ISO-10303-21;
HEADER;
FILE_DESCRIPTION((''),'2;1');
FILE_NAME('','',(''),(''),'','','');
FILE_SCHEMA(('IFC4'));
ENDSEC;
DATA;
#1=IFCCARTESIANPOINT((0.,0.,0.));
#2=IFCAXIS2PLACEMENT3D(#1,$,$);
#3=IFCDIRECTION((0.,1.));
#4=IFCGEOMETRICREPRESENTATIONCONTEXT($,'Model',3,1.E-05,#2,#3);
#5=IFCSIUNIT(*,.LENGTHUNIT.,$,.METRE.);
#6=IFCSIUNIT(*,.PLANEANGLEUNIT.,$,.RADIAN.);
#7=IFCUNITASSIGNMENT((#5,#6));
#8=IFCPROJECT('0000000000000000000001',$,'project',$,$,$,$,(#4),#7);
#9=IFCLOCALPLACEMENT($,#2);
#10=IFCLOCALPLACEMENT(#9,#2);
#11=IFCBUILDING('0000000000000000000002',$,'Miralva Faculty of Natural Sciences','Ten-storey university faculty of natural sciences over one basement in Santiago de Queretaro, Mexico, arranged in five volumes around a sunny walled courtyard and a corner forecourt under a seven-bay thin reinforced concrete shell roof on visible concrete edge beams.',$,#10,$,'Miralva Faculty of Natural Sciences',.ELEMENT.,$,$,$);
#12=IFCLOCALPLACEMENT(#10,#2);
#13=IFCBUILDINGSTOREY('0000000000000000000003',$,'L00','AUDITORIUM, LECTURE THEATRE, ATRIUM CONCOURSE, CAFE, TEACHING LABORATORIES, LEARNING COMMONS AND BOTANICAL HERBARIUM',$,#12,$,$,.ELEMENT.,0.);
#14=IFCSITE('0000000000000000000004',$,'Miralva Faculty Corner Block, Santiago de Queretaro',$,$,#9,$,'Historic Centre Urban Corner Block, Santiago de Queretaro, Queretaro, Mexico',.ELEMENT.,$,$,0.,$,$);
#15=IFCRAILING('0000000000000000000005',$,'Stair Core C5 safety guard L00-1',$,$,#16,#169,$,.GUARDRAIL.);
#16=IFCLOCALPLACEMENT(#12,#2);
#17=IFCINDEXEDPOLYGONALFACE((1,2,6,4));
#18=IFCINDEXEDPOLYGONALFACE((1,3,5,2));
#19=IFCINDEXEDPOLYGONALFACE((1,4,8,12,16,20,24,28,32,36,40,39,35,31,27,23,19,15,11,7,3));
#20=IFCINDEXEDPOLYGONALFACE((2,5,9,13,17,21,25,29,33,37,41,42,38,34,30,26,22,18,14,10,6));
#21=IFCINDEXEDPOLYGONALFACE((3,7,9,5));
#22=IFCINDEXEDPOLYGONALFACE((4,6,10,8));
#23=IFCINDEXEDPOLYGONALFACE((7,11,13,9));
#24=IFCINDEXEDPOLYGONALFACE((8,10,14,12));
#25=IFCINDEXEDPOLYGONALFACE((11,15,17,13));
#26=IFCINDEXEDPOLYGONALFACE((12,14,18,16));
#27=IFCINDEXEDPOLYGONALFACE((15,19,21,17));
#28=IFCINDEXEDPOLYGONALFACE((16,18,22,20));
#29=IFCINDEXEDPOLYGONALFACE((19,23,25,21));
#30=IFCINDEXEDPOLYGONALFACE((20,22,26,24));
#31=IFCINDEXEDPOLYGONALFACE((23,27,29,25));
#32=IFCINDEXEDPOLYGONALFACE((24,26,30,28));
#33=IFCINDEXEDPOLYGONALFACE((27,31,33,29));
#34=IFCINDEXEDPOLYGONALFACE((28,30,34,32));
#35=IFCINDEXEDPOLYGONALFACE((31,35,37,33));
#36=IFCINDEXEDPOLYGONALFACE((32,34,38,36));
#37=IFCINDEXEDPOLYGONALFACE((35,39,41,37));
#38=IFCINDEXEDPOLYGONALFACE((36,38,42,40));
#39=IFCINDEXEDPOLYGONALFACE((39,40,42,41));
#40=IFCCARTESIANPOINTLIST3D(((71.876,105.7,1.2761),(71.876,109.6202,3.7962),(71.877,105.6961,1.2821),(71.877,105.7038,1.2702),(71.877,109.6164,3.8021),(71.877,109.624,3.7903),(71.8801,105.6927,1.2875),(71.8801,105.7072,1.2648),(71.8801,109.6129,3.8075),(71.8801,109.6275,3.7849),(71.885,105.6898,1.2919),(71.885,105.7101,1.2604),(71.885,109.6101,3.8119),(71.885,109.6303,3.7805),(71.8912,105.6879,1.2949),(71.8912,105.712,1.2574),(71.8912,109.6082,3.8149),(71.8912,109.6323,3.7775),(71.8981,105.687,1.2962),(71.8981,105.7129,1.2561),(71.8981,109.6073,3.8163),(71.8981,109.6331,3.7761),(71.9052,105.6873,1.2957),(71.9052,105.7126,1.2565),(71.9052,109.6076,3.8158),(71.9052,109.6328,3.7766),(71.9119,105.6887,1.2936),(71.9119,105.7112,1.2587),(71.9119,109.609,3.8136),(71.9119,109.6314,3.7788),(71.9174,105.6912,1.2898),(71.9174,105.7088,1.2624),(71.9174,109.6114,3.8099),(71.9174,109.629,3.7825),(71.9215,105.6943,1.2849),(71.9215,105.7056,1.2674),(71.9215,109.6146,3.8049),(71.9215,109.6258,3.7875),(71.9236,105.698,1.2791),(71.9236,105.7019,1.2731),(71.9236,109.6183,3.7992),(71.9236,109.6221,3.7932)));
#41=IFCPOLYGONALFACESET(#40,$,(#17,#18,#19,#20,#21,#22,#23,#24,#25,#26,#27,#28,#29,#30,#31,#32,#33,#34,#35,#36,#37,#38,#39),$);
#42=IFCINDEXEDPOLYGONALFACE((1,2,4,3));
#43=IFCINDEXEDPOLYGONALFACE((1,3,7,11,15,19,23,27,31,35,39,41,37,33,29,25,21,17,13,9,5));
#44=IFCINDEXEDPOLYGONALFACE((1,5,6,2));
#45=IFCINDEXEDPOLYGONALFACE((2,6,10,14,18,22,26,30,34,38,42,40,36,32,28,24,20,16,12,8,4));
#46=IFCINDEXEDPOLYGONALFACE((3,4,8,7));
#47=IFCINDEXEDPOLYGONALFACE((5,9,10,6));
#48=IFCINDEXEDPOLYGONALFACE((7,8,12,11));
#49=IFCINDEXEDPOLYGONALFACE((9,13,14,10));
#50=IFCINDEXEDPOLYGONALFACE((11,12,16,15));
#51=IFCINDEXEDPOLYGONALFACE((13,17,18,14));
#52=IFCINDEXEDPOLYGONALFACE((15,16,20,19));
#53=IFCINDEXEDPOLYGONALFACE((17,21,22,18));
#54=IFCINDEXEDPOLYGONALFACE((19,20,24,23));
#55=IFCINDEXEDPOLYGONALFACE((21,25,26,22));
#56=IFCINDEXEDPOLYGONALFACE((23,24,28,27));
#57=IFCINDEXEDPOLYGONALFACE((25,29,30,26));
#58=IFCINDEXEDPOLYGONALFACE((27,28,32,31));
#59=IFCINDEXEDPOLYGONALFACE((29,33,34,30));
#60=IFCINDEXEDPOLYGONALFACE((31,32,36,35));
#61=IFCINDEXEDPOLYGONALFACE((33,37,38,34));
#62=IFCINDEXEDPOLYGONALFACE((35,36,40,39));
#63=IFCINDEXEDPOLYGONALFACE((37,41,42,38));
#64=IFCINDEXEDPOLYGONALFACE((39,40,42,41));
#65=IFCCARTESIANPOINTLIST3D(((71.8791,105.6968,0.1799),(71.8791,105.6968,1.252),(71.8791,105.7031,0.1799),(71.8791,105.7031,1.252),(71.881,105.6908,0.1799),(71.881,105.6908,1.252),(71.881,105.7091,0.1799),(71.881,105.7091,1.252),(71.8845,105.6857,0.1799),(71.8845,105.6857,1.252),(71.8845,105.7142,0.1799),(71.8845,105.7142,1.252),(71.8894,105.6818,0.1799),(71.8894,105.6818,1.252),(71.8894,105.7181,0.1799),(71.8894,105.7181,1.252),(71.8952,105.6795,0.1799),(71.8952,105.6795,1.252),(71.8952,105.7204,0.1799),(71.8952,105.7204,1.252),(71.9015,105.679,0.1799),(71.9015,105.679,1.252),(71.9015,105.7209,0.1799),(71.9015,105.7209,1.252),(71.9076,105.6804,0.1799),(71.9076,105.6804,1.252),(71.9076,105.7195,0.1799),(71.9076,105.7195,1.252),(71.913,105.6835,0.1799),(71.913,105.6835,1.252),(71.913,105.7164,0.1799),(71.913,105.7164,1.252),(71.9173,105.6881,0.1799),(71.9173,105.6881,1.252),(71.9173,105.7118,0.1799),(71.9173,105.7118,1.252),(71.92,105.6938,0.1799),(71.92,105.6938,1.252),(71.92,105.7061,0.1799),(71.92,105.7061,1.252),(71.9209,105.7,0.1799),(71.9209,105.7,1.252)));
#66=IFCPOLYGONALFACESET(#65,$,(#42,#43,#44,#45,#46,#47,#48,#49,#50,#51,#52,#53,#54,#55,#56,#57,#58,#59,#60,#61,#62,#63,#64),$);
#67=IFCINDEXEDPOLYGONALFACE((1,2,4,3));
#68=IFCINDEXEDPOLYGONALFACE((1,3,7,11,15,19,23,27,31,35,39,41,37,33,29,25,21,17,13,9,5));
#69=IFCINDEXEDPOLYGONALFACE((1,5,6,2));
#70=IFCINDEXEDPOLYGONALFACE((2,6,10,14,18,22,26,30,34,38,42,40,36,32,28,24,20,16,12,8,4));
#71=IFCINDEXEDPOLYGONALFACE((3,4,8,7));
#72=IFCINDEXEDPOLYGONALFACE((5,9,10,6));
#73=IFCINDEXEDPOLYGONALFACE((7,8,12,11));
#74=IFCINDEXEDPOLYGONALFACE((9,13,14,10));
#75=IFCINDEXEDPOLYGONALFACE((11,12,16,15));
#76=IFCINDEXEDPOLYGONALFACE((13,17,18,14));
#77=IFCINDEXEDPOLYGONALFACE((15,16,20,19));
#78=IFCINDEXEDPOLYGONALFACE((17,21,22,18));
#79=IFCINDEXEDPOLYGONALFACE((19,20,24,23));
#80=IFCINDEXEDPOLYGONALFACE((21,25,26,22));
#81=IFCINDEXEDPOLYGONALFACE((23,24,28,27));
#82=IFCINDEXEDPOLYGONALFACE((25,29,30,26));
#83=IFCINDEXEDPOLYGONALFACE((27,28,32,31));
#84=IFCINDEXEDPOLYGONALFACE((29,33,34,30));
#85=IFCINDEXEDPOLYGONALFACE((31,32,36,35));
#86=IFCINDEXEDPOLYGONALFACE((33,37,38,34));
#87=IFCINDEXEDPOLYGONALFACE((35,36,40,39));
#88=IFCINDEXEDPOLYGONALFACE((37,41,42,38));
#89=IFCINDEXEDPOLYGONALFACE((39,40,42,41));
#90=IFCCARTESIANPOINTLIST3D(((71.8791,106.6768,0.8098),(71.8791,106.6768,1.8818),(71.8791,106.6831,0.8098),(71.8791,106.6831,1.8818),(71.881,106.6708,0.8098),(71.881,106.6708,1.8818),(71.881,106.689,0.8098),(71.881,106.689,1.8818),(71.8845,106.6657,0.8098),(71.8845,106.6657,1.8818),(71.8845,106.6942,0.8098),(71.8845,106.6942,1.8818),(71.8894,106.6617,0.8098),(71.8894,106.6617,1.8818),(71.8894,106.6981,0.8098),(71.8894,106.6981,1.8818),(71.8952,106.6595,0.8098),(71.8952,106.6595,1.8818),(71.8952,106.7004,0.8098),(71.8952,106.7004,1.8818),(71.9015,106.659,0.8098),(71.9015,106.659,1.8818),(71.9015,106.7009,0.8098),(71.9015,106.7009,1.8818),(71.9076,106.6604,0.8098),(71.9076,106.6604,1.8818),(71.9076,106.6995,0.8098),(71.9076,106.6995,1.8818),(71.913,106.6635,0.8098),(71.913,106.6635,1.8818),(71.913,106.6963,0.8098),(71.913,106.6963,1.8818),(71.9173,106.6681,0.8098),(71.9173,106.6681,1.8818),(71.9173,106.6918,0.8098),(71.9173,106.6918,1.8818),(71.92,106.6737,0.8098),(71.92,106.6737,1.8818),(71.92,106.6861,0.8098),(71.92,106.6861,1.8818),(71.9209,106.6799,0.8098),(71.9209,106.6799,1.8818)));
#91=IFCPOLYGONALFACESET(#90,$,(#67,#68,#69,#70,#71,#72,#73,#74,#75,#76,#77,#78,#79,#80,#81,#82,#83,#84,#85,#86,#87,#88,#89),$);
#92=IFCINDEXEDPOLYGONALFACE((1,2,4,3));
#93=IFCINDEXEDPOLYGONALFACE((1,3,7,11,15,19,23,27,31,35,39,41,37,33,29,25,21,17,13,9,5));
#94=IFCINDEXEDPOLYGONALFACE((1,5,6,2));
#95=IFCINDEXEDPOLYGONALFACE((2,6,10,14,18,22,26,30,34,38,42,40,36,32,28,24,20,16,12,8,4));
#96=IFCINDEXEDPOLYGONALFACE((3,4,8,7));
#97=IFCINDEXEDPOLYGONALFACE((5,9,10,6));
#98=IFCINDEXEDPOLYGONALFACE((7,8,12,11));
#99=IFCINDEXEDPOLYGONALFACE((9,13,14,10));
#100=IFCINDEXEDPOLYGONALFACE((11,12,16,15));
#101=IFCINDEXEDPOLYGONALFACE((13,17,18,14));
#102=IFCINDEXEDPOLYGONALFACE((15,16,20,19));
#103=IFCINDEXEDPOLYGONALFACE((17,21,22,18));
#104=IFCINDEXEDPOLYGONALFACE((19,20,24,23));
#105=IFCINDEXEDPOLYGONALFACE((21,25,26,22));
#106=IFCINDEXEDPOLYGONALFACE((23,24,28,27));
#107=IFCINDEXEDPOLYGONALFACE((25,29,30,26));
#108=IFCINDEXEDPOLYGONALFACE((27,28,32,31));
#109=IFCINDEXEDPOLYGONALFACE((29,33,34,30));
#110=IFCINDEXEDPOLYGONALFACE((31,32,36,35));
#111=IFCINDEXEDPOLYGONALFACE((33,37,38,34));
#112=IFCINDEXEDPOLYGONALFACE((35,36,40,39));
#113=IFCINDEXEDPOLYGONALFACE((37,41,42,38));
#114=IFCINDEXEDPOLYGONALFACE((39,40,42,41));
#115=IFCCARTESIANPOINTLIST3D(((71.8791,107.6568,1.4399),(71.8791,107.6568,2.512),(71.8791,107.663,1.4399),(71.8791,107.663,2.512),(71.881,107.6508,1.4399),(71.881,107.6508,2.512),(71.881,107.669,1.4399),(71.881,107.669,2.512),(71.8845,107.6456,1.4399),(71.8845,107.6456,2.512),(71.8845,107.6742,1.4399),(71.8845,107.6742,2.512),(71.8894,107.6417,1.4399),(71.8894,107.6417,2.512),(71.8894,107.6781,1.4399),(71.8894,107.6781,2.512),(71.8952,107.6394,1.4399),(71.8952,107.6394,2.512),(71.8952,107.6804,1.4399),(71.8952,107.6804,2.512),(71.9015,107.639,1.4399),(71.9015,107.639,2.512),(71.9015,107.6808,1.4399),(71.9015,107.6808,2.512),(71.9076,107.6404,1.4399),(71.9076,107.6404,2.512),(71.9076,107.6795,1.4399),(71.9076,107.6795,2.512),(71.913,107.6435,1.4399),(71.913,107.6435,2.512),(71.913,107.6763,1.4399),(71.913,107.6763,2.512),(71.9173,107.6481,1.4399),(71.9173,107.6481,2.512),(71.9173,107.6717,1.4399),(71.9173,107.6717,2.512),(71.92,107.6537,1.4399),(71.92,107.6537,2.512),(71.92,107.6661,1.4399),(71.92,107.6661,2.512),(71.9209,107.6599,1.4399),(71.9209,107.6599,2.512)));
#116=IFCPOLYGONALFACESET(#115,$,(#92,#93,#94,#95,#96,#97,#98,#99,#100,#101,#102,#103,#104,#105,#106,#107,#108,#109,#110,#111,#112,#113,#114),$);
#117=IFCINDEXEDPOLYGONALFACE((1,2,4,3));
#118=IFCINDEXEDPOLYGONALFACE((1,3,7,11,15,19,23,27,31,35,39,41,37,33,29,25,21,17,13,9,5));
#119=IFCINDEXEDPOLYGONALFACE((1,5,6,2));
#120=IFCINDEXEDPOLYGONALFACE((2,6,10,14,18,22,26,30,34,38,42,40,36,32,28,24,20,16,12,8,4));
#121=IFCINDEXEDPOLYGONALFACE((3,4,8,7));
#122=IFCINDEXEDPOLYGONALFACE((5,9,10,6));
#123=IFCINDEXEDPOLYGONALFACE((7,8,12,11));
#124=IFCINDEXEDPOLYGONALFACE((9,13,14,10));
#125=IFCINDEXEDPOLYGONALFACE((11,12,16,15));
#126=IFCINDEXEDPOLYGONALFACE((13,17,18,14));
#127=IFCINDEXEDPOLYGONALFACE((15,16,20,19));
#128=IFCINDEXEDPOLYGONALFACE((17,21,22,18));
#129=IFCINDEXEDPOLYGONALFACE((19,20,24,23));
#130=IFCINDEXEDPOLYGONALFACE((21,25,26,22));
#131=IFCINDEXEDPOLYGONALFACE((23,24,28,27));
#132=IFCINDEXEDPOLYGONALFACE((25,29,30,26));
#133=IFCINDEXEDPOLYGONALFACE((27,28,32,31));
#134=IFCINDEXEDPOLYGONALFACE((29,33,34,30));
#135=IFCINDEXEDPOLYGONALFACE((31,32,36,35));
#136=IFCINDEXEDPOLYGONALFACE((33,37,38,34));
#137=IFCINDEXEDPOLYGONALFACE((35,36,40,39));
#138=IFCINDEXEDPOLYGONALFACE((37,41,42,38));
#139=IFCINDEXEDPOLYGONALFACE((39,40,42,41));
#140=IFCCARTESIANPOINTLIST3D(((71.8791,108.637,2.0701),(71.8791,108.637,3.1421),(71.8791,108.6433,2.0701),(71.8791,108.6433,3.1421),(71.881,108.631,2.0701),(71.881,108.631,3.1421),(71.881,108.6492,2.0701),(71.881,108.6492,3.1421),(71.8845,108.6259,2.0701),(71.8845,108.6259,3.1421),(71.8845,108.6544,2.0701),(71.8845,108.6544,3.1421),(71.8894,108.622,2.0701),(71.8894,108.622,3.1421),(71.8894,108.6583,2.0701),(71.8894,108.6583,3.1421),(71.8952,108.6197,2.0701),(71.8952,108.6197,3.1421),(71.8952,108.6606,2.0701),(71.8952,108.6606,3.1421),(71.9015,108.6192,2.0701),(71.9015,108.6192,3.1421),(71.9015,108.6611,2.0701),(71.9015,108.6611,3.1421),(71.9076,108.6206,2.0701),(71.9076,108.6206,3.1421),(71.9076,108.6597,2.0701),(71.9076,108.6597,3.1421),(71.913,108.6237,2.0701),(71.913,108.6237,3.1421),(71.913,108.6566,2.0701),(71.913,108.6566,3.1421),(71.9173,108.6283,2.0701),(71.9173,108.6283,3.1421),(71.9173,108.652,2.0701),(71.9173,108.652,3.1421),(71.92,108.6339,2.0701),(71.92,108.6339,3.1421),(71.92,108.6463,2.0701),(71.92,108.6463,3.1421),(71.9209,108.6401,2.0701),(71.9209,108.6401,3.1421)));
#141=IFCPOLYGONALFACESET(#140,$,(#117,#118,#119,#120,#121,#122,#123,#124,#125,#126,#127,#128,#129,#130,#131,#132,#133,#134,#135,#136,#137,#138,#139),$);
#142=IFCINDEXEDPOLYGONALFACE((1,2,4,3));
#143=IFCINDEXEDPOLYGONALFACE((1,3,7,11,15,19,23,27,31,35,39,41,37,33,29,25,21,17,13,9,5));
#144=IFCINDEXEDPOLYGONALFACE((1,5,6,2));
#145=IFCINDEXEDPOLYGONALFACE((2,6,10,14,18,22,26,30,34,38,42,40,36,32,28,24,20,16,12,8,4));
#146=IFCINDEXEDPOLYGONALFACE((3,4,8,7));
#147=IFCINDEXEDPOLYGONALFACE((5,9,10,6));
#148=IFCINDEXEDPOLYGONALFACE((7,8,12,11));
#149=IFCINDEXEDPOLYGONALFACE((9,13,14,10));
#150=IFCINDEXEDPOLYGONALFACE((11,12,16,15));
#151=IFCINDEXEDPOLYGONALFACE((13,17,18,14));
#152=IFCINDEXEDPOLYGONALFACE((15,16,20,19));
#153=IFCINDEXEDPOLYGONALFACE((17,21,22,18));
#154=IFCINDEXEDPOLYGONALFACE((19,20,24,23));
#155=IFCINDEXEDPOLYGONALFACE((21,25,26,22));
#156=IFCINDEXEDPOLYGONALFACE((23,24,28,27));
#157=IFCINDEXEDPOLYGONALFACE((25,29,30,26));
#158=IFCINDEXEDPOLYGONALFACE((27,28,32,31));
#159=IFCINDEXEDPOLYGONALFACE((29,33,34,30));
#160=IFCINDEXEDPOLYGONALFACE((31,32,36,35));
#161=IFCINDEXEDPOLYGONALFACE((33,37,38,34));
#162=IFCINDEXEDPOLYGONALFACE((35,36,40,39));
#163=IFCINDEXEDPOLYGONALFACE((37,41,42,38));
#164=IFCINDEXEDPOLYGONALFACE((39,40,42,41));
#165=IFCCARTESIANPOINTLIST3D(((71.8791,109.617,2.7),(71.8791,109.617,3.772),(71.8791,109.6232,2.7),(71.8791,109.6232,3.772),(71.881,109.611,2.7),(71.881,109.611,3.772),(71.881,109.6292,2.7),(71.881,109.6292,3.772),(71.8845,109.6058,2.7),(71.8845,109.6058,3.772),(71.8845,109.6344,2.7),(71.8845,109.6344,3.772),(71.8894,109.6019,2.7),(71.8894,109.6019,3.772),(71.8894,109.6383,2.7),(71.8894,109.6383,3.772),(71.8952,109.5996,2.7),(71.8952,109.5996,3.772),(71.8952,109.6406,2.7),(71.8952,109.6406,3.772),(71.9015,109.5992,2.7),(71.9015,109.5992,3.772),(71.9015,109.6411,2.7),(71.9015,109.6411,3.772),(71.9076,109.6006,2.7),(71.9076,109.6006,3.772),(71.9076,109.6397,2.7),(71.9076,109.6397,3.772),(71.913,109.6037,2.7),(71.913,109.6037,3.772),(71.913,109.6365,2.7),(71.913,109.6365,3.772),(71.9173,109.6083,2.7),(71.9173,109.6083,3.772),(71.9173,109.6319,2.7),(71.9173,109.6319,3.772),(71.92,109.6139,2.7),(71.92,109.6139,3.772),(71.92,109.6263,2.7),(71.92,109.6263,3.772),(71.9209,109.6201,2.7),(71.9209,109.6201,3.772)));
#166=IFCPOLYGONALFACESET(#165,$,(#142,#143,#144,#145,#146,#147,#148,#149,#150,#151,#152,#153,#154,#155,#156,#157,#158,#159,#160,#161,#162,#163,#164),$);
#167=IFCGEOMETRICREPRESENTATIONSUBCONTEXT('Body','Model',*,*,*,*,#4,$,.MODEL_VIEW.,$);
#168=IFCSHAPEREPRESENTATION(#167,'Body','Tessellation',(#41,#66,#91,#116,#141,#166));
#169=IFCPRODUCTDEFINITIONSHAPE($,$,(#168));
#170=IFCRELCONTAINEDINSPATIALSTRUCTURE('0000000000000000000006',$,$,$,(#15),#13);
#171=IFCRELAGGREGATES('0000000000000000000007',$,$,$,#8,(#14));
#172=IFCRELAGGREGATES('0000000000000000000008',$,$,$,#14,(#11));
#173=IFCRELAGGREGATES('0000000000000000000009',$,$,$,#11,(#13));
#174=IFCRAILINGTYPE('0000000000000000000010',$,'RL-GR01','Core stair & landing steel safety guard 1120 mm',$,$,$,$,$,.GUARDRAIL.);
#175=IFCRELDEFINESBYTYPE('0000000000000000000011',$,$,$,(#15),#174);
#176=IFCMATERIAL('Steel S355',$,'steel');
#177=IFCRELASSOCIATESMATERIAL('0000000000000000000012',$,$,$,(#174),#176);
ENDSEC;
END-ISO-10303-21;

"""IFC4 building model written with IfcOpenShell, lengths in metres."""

from ifc_helpers import new_model, si_unit, direction, frame, origin, origin_2d, place, context, subcontext, project, spatial, circle, extrude, material, type_object, element, save


model = new_model("IFC4")

# Units and contexts
model_context = context("Model", 3, precision=1e-05, world=origin(), true_north=direction((0.0, 1.0)))
body_context = subcontext(model_context, "Body", "Model", "MODEL_VIEW")
ifc_project = project(units=[si_unit("LENGTHUNIT", "METRE"), si_unit("PLANEANGLEUNIT", "RADIAN")], contexts=[model_context])

# Site, building, storey
site_placement = place(None, origin())
site = spatial("IfcSite", under=ifc_project, at=site_placement, Name="Miralva Faculty Corner Block, Santiago de Queretaro", LongName="Historic Centre Urban Corner Block, Santiago de Queretaro, Queretaro, Mexico", CompositionType="ELEMENT", RefElevation=0.0)
building_placement = place(site_placement, origin())
building = spatial("IfcBuilding", under=site, at=building_placement, Name="Miralva Faculty of Natural Sciences", Description="Ten-storey university faculty of natural sciences over one basement in Santiago de Queretaro, Mexico, arranged in five volumes around a sunny walled courtyard and a corner forecourt under a seven-bay thin reinforced concrete shell roof on visible concrete edge beams.", LongName="Miralva Faculty of Natural Sciences", CompositionType="ELEMENT")
storey_placement = place(building_placement, origin())
storey = spatial("IfcBuildingStorey", under=building, at=storey_placement, Name="L00", Description="AUDITORIUM, LECTURE THEATRE, ATRIUM CONCOURSE, CAFE, TEACHING LABORATORIES, LEARNING COMMONS AND BOTANICAL HERBARIUM", CompositionType="ELEMENT", Elevation=0.0)

# Railing
ifc_material_1 = material(Name="Steel S355", Category="steel")
railing_type_1 = type_object("IfcRailingType", Name="RL-GR01", Description="Core stair & landing steel safety guard 1120 mm", PredefinedType="GUARDRAIL", material=ifc_material_1)
railing_1_placement = place(storey_placement, frame((71.8999, 105.7, 0.1799)))
element("IfcRailing", 1, at=railing_1_placement, inside=storey, type_object=railing_type_1, Name="Stair Core C5 safety guard L00-1", PredefinedType="GUARDRAIL", context=body_context, shape_type="SweptSolid", body=[
    extrude(circle(Radius=0.0239, at=origin_2d()), frame((0.0, 0.0, 1.0962), z_axis=(0.0, 0.841187, 0.540744), x_axis=(-1.0, 0.0, 0.0)), (0.0, 0.0, 1.0), 4.6604),
    extrude(circle(Radius=0.021, at=origin_2d()), origin(), (0.0, 0.0, 1.0), 1.072),
    extrude(circle(Radius=0.021, at=origin_2d()), frame((0.0, 0.98, 0.6299)), (0.0, 0.0, 1.0), 1.072),
    extrude(circle(Radius=0.021, at=origin_2d()), frame((0.0, 1.96, 1.26)), (0.0, 0.0, 1.0), 1.072),
    extrude(circle(Radius=0.021, at=origin_2d()), frame((0.0, 2.9402, 1.8901)), (0.0, 0.0, 1.0), 1.072),
    extrude(circle(Radius=0.021, at=origin_2d()), frame((0.0, 3.9202, 2.52)), (0.0, 0.0, 1.0), 1.072),
])

save(model, "model.ifc")
